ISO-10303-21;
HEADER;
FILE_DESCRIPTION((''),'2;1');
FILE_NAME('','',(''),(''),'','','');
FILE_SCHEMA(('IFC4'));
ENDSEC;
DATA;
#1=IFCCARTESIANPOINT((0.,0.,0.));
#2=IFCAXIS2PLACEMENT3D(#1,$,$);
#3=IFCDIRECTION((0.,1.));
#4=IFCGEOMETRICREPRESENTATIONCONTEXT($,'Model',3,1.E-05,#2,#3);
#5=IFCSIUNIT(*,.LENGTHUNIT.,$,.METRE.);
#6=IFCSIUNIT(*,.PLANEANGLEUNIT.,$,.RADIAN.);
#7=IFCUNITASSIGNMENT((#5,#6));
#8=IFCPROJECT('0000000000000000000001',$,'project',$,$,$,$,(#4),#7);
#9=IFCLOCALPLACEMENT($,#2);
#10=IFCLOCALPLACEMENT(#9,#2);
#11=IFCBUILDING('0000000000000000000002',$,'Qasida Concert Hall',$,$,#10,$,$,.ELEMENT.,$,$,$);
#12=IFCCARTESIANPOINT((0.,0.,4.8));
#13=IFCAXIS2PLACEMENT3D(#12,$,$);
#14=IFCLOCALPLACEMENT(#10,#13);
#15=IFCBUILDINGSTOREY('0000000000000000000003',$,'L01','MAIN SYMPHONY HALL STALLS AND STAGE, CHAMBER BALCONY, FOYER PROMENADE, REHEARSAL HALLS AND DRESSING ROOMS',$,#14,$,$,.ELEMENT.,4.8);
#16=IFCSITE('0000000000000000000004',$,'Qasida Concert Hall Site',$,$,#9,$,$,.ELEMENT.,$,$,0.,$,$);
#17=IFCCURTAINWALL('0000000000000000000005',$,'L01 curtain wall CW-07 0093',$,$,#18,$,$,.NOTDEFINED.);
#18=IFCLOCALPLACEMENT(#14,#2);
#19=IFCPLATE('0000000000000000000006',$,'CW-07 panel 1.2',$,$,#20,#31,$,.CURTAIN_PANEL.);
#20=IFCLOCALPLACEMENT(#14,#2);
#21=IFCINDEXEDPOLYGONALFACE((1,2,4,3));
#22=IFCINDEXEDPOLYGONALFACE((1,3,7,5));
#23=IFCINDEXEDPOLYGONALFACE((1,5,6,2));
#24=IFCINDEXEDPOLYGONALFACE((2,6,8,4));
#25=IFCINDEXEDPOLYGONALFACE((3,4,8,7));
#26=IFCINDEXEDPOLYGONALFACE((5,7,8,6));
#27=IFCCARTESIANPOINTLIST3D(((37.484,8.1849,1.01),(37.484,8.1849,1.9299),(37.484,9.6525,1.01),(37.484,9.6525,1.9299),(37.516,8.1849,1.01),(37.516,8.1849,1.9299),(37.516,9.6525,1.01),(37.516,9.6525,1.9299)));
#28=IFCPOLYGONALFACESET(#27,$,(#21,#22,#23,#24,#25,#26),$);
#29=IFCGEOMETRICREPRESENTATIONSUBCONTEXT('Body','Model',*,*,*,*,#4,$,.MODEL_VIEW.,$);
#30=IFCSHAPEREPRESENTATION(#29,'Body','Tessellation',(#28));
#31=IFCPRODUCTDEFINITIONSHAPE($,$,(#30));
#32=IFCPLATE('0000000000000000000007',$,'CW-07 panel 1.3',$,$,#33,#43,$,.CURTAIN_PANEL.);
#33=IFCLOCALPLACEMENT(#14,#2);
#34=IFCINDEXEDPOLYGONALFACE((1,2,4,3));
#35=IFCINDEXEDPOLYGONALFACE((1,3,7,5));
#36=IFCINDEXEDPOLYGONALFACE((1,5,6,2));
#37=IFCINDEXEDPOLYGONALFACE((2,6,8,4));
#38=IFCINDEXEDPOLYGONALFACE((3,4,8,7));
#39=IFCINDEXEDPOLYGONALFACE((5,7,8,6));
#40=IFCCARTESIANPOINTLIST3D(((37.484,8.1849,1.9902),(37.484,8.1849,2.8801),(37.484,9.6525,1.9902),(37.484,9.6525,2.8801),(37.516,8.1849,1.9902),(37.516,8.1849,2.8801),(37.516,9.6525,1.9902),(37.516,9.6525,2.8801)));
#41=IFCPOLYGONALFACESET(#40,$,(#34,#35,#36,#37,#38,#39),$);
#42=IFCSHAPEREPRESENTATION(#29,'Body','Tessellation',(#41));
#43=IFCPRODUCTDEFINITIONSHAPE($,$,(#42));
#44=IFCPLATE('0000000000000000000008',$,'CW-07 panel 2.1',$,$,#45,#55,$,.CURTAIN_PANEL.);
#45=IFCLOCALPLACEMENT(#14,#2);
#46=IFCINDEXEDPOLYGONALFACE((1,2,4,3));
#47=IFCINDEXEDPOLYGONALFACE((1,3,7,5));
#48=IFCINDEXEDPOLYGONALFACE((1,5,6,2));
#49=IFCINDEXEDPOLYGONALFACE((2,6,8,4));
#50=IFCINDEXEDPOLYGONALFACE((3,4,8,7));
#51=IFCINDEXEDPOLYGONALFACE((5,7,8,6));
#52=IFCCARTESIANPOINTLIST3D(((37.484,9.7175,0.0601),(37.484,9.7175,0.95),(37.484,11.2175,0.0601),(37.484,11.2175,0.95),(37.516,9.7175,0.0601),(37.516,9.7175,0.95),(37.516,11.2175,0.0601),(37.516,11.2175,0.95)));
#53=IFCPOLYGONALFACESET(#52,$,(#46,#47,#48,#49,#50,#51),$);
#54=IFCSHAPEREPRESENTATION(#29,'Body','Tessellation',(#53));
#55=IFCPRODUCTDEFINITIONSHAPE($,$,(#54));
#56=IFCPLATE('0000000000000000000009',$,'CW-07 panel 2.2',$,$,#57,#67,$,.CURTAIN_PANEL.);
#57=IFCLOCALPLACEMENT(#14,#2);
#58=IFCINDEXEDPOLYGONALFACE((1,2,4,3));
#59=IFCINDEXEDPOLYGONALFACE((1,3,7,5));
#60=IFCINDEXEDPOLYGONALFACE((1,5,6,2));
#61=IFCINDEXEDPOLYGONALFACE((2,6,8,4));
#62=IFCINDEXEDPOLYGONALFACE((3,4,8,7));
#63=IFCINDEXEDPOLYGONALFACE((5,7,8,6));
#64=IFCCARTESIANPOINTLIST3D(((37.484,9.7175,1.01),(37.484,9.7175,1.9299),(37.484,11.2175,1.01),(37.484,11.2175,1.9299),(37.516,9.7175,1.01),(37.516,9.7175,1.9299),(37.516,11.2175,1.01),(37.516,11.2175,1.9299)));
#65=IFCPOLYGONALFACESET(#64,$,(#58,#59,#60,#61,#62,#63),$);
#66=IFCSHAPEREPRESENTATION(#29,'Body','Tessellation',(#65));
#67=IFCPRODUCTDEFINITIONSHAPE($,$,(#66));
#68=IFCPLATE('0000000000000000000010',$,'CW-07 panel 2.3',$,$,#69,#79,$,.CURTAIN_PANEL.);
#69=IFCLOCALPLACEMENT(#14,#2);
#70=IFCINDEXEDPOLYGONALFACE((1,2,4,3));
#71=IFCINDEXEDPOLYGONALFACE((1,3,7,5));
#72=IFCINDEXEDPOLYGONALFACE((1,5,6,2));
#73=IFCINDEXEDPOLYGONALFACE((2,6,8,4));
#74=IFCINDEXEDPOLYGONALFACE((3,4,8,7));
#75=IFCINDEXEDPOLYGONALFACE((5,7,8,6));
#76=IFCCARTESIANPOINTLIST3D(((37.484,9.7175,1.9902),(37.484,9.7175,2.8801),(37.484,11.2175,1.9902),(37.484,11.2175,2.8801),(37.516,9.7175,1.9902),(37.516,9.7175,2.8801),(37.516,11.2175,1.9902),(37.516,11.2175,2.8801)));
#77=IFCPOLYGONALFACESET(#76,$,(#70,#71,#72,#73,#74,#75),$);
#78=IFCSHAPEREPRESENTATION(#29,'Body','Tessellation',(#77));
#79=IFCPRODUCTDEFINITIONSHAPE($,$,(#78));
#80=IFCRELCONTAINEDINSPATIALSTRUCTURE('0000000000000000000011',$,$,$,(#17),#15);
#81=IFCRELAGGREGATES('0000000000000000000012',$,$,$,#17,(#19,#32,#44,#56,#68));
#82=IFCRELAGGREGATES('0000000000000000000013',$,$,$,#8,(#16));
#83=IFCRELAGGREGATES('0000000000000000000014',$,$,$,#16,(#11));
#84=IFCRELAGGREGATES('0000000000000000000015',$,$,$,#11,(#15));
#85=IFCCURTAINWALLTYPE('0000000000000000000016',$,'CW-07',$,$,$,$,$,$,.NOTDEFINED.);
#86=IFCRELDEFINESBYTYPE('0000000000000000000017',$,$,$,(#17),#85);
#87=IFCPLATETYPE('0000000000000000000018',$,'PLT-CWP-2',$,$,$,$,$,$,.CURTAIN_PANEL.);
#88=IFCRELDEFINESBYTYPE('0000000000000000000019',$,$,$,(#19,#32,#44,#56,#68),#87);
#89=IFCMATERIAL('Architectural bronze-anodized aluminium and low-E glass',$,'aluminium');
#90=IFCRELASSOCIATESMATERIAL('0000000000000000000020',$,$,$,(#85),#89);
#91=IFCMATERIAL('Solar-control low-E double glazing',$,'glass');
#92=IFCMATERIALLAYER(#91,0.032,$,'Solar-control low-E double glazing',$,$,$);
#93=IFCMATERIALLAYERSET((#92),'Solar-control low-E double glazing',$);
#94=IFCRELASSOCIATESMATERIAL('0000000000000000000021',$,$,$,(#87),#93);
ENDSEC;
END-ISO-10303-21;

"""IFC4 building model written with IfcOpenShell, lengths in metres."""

from ifc_helpers import new_model, si_unit, direction, frame, origin, origin_2d, place, context, subcontext, project, spatial, rectangle, extrude, material, layer, layer_set, type_object, element, aggregate, save


model = new_model("IFC4")

# Units and contexts
model_context = context("Model", 3, precision=1e-05, world=origin(), true_north=direction((0.0, 1.0)))
body_context = subcontext(model_context, "Body", "Model", "MODEL_VIEW")
ifc_project = project(units=[si_unit("LENGTHUNIT", "METRE"), si_unit("PLANEANGLEUNIT", "RADIAN")], contexts=[model_context])

# Site, building, storey
site_placement = place(None, origin())
site = spatial("IfcSite", under=ifc_project, at=site_placement, Name="Qasida Concert Hall Site", CompositionType="ELEMENT", RefElevation=0.0)
building_placement = place(site_placement, origin())
building = spatial("IfcBuilding", under=site, at=building_placement, Name="Qasida Concert Hall", CompositionType="ELEMENT")
storey_placement = place(building_placement, frame((0.0, 0.0, 4.8)))
storey = spatial("IfcBuildingStorey", under=building, at=storey_placement, Name="L01", Description="MAIN SYMPHONY HALL STALLS AND STAGE, CHAMBER BALCONY, FOYER PROMENADE, REHEARSAL HALLS AND DRESSING ROOMS", CompositionType="ELEMENT", Elevation=4.8)

# Shared definitions
ifc_material_1 = material(Name="Architectural bronze-anodized aluminium and low-E glass", Category="aluminium")
curtain_wall_type = type_object("IfcCurtainWallType", Name="CW-07", PredefinedType="NOTDEFINED", material=ifc_material_1)

# Curtain wall
curtain_wall_1_placement = place(storey_placement, origin())
curtain_wall_1 = element("IfcCurtainWall", 1, at=curtain_wall_1_placement, inside=storey, type_object=curtain_wall_type, Name="L01 curtain wall CW-07 0093", PredefinedType="NOTDEFINED")

# Plates
ifc_material_2 = material(Name="Solar-control low-E double glazing", Category="glass")
ifc_layer = layer(ifc_material_2, 0.032, Name="Solar-control low-E double glazing")
ifc_layer_set = layer_set([ifc_layer], Name="Solar-control low-E double glazing")
plate_type = type_object("IfcPlateType", Name="PLT-CWP-2", PredefinedType="CURTAIN_PANEL", material=ifc_layer_set)
plate_1_placement = place(storey_placement, frame((37.5, 8.9187, 1.01), z_axis=(0.0, 0.0, 1.0), x_axis=(0.0, 1.0, 0.0)))
plate_1 = element("IfcPlate", 2, at=plate_1_placement, type_object=plate_type, Name="CW-07 panel 1.2", PredefinedType="CURTAIN_PANEL", context=body_context, shape_type="SweptSolid", body=[
    extrude(rectangle(XDim=1.4675, YDim=0.032, at=origin_2d()), origin(), (0.0, 0.0, 1.0), 0.9199),
])
plate_2_placement = place(storey_placement, frame((37.5, 8.9187, 1.9902), z_axis=(0.0, 0.0, 1.0), x_axis=(0.0, 1.0, 0.0)))
plate_2 = element("IfcPlate", 3, at=plate_2_placement, type_object=plate_type, Name="CW-07 panel 1.3", PredefinedType="CURTAIN_PANEL", context=body_context, shape_type="SweptSolid", body=[
    extrude(rectangle(XDim=1.4675, YDim=0.032, at=origin_2d()), origin(), (0.0, 0.0, 1.0), 0.8899),
])
plate_3_placement = place(storey_placement, frame((37.5, 10.4675, 0.0601), z_axis=(0.0, 0.0, 1.0), x_axis=(0.0, 1.0, 0.0)))
plate_3 = element("IfcPlate", 4, at=plate_3_placement, type_object=plate_type, Name="CW-07 panel 2.1", PredefinedType="CURTAIN_PANEL", context=body_context, shape_type="SweptSolid", body=[
    extrude(rectangle(XDim=1.5, YDim=0.032, at=origin_2d()), origin(), (0.0, 0.0, 1.0), 0.8899),
])
plate_4_placement = place(storey_placement, frame((37.5, 10.4675, 1.01), z_axis=(0.0, 0.0, 1.0), x_axis=(0.0, 1.0, 0.0)))
plate_4 = element("IfcPlate", 5, at=plate_4_placement, type_object=plate_type, Name="CW-07 panel 2.2", PredefinedType="CURTAIN_PANEL", context=body_context, shape_type="SweptSolid", body=[
    extrude(rectangle(XDim=1.5, YDim=0.032, at=origin_2d()), origin(), (0.0, 0.0, 1.0), 0.9199),
])
plate_5_placement = place(storey_placement, frame((37.5, 10.4675, 1.9902), z_axis=(0.0, 0.0, 1.0), x_axis=(0.0, 1.0, 0.0)))
plate_5 = element("IfcPlate", 6, at=plate_5_placement, type_object=plate_type, Name="CW-07 panel 2.3", PredefinedType="CURTAIN_PANEL", context=body_context, shape_type="SweptSolid", body=[
    extrude(rectangle(XDim=1.5, YDim=0.032, at=origin_2d()), origin(), (0.0, 0.0, 1.0), 0.8899),
])
aggregate(curtain_wall_1, [plate_1, plate_2, plate_3, plate_4, plate_5])

save(model, "model.ifc")
